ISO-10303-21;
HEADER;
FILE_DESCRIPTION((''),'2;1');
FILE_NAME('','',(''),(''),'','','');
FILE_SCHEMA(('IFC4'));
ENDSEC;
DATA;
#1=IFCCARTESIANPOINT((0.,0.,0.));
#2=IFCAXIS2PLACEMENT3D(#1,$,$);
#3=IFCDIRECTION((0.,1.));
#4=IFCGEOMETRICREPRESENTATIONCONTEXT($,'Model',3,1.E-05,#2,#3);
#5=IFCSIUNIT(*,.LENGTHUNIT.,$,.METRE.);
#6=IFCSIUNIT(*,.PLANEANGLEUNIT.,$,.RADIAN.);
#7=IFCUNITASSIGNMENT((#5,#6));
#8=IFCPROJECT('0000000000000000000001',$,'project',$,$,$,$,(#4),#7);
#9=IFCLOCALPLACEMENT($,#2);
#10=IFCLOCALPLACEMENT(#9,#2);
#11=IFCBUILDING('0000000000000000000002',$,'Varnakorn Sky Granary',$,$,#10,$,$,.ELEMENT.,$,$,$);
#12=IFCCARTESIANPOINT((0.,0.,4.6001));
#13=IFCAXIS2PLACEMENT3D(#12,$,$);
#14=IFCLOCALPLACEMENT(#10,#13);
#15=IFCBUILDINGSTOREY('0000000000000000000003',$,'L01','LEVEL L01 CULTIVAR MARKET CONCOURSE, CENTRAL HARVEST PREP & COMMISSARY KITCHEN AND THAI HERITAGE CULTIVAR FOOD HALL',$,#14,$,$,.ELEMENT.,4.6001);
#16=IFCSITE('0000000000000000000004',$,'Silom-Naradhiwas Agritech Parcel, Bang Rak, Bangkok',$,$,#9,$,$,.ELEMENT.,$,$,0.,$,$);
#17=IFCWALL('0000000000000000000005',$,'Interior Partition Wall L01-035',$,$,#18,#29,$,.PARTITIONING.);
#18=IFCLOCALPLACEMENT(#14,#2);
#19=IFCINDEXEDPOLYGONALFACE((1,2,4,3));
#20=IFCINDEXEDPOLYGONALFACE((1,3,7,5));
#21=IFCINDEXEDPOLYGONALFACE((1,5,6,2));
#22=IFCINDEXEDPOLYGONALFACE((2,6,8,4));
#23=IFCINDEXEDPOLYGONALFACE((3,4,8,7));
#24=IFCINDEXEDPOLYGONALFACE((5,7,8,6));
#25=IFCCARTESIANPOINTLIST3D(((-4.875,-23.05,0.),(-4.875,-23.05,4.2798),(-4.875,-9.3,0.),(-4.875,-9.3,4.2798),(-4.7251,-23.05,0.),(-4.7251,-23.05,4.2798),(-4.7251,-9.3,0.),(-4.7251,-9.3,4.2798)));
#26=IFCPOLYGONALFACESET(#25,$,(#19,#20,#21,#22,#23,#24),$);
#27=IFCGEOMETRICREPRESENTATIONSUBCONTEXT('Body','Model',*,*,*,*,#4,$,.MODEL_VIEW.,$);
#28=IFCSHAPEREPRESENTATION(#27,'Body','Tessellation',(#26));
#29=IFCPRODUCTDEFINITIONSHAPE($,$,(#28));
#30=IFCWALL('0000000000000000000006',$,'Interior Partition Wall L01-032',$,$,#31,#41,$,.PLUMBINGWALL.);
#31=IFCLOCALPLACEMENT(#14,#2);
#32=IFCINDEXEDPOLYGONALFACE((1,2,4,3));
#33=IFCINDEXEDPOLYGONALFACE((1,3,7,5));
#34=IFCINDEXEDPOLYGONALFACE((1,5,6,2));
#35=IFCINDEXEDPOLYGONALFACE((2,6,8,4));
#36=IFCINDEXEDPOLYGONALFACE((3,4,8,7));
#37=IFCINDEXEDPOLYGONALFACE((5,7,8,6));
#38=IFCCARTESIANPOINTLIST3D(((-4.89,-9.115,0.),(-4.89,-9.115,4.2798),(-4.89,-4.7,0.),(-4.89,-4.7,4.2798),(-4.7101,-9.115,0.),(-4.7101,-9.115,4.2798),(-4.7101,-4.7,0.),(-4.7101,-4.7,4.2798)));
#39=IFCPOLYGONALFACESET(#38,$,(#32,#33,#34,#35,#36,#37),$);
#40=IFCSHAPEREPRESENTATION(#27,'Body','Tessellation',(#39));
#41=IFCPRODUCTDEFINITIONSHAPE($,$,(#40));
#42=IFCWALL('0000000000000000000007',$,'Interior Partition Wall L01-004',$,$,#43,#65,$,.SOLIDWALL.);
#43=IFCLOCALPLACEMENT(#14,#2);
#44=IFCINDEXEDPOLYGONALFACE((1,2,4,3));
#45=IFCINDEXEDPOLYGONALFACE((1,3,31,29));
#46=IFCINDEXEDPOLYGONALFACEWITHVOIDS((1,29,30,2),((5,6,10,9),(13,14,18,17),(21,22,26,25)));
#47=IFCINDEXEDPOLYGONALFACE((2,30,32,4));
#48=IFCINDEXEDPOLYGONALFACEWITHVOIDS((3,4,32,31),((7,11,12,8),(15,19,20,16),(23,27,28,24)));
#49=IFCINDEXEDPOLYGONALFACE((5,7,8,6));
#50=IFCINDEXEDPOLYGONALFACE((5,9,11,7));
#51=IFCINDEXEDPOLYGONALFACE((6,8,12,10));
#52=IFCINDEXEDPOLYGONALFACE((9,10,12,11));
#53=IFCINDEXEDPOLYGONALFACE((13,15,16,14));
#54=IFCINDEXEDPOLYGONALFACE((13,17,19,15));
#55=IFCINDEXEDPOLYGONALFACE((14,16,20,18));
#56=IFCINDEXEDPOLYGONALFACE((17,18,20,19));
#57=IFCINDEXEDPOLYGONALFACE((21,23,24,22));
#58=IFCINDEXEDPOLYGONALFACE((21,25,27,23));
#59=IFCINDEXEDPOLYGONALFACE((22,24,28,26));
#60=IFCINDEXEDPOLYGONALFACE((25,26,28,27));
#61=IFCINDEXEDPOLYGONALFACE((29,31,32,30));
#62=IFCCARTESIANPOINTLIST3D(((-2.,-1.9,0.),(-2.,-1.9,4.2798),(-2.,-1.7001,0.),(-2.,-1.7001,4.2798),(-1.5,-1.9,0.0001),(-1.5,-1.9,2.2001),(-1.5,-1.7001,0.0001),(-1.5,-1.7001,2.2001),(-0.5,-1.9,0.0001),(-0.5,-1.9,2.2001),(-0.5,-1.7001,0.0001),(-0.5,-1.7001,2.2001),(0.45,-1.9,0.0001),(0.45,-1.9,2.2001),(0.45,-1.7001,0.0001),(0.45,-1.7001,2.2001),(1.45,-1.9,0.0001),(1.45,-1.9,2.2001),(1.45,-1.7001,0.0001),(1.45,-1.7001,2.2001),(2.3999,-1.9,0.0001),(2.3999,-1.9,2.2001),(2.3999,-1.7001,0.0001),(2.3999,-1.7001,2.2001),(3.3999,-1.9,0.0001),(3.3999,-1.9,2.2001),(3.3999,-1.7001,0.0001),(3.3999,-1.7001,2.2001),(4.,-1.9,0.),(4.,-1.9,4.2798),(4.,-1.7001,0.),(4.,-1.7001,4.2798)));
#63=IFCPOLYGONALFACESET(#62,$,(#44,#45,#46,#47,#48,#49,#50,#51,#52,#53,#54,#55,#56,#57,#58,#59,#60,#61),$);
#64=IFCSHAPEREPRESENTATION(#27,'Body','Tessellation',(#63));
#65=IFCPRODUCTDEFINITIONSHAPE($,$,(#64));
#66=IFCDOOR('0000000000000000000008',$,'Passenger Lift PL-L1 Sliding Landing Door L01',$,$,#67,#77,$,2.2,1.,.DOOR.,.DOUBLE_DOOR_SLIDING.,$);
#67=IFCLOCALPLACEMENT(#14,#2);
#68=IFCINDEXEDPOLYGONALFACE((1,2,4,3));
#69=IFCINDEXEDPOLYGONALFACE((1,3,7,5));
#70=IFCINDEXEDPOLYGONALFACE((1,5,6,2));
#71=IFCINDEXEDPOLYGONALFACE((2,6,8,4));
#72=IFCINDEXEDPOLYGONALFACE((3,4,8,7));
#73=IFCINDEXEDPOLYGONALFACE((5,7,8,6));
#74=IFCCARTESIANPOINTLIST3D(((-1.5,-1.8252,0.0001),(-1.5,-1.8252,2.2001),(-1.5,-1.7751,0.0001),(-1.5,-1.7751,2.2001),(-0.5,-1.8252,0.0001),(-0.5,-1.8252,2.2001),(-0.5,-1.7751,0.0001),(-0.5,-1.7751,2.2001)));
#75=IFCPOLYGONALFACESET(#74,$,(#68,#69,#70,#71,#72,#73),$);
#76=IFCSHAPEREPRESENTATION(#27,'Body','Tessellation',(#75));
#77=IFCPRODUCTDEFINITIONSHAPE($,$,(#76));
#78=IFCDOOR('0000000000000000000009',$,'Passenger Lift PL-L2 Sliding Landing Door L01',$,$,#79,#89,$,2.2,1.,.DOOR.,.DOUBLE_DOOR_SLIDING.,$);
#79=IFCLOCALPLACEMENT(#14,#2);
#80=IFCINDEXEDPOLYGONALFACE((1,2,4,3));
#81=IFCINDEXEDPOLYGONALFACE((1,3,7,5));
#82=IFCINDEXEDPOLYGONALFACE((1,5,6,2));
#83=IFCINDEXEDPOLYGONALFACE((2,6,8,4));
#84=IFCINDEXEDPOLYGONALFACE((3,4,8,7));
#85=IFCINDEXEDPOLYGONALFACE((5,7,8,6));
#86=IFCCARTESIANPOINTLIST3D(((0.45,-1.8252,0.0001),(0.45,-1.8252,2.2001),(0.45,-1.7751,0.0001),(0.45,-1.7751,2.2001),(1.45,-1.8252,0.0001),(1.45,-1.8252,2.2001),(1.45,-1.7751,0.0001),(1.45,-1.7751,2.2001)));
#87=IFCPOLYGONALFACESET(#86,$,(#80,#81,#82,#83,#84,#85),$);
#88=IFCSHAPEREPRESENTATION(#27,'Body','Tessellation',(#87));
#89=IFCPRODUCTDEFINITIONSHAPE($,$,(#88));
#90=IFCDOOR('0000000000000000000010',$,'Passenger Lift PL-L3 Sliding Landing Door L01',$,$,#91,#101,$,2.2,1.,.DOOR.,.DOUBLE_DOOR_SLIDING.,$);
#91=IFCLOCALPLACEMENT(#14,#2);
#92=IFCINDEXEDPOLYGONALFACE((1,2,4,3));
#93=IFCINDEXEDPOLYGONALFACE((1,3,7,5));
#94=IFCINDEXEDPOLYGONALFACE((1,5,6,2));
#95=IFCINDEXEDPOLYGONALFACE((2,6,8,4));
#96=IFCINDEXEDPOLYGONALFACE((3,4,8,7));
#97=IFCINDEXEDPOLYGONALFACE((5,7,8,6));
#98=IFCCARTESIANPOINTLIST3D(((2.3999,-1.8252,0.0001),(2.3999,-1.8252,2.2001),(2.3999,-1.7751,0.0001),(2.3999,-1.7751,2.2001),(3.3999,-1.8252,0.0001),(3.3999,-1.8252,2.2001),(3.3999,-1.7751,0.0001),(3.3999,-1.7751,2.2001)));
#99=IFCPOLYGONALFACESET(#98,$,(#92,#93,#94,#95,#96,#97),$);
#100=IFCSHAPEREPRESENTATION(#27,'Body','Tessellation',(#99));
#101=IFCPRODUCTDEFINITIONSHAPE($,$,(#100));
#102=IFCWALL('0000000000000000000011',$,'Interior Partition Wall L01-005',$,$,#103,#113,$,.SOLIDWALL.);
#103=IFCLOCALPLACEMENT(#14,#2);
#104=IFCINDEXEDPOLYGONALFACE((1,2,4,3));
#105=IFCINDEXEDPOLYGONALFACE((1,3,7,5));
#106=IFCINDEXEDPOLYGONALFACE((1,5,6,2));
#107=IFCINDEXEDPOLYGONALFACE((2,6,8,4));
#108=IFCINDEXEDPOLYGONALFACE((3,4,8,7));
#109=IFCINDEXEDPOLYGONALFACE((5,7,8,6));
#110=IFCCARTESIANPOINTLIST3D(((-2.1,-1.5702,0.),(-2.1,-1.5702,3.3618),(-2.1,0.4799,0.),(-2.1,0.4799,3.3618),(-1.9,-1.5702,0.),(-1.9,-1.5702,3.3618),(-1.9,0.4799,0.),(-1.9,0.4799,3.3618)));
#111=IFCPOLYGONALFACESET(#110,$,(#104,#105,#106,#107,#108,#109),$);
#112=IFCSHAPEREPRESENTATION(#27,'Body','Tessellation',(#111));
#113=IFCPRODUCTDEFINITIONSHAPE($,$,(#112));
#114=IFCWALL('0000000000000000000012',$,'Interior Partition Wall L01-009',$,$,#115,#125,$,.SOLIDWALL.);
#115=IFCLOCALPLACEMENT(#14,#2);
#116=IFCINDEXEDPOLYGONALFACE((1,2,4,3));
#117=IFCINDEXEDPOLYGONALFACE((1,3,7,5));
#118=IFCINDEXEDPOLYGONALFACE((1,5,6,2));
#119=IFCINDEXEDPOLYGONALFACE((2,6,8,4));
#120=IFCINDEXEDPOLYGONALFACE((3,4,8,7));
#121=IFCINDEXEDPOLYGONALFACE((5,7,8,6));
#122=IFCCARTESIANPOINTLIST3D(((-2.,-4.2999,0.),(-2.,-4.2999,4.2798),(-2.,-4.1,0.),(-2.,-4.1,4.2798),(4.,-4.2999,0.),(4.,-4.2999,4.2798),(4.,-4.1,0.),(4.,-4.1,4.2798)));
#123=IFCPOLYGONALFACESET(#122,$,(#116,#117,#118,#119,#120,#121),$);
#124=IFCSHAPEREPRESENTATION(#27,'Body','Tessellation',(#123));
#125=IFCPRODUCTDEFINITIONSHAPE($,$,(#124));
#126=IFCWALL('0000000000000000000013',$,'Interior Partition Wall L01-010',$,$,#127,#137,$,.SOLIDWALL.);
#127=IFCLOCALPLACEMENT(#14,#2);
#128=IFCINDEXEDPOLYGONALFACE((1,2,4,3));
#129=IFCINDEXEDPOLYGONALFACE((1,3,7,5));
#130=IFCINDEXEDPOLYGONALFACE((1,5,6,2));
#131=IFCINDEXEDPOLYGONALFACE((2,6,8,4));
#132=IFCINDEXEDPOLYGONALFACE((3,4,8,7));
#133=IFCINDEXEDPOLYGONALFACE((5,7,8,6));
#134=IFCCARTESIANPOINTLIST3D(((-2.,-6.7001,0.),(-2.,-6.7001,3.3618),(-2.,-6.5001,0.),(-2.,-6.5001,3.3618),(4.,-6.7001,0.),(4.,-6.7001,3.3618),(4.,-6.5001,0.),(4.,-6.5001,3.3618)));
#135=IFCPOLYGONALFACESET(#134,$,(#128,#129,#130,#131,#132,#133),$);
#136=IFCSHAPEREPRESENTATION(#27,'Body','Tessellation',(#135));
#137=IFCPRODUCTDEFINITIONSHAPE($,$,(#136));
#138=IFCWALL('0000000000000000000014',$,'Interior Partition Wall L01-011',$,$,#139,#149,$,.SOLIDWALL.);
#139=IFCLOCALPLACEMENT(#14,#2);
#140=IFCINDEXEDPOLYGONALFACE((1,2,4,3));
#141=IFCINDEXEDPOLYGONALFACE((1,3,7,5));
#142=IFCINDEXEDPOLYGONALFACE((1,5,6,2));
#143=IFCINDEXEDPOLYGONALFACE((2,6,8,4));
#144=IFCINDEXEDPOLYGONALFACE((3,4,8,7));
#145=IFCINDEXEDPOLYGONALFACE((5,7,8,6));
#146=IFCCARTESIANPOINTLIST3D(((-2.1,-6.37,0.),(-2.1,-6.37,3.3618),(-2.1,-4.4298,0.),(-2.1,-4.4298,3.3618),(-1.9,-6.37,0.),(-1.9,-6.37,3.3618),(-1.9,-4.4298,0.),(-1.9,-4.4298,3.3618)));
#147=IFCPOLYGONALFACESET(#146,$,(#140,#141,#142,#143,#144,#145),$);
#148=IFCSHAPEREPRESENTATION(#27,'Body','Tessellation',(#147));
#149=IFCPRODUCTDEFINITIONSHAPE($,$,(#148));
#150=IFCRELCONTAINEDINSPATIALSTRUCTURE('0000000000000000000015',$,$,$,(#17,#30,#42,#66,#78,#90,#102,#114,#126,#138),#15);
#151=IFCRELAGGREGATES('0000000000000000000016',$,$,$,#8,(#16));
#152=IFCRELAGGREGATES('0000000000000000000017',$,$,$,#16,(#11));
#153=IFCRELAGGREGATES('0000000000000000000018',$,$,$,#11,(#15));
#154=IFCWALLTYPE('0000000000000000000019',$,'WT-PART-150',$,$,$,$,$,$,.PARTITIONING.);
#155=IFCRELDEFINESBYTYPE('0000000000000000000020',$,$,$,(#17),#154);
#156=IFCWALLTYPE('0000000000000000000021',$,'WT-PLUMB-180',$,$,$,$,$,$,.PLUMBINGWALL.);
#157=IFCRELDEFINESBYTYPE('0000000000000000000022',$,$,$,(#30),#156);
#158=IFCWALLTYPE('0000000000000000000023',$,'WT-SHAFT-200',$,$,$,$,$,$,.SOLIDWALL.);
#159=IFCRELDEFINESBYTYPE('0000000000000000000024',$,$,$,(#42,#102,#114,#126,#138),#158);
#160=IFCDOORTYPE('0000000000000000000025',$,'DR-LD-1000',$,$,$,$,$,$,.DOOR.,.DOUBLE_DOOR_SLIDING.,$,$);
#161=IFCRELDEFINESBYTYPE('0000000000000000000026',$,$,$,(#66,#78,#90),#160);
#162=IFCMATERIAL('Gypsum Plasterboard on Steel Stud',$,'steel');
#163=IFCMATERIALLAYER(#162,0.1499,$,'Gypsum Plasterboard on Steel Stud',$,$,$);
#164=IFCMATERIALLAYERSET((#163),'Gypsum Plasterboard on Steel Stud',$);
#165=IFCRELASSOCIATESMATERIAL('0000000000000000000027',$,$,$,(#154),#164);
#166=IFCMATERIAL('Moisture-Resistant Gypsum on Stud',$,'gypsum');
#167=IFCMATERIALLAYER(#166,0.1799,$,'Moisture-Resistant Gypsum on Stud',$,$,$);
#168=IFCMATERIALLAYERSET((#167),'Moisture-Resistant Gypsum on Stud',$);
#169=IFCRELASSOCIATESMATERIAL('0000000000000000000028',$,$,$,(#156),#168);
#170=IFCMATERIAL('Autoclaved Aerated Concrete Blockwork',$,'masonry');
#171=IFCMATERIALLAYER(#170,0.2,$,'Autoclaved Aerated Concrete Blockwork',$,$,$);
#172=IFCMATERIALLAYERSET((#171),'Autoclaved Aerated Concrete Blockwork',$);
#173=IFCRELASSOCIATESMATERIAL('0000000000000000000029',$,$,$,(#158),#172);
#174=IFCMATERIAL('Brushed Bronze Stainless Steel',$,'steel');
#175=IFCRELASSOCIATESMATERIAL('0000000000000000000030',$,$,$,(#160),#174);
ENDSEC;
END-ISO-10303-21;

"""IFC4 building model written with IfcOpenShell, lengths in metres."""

from ifc_helpers import new_model, si_unit, direction, frame, frame_2d, origin, place, context, subcontext, project, spatial, rectangle, extrude, material, layer, layer_set, type_object, element, fill, save


model = new_model("IFC4")

# Units and contexts
model_context = context("Model", 3, precision=1e-05, world=origin(), true_north=direction((0.0, 1.0)))
body_context = subcontext(model_context, "Body", "Model", "MODEL_VIEW")
ifc_project = project(units=[si_unit("LENGTHUNIT", "METRE"), si_unit("PLANEANGLEUNIT", "RADIAN")], contexts=[model_context])

# Site, building, storey
site_placement = place(None, origin())
site = spatial("IfcSite", under=ifc_project, at=site_placement, Name="Silom-Naradhiwas Agritech Parcel, Bang Rak, Bangkok", CompositionType="ELEMENT", RefElevation=0.0)
building_placement = place(site_placement, origin())
building = spatial("IfcBuilding", under=site, at=building_placement, Name="Varnakorn Sky Granary", CompositionType="ELEMENT")
storey_placement = place(building_placement, frame((0.0, 0.0, 4.6001)))
storey = spatial("IfcBuildingStorey", under=building, at=storey_placement, Name="L01", Description="LEVEL L01 CULTIVAR MARKET CONCOURSE, CENTRAL HARVEST PREP & COMMISSARY KITCHEN AND THAI HERITAGE CULTIVAR FOOD HALL", CompositionType="ELEMENT", Elevation=4.6001)

# Shared definitions
ifc_material_1 = material(Name="Autoclaved Aerated Concrete Blockwork", Category="masonry")
ifc_material_2 = material(Name="Gypsum Plasterboard on Steel Stud", Category="steel")
ifc_layer_1 = layer(ifc_material_2, 0.1499, Name="Gypsum Plasterboard on Steel Stud")
ifc_layer_set_1 = layer_set([ifc_layer_1], Name="Gypsum Plasterboard on Steel Stud")
wall_type_1 = type_object("IfcWallType", Name="WT-PART-150", PredefinedType="PARTITIONING", material=ifc_layer_set_1)

# Walls
wall_1_placement = place(storey_placement, frame((-4.8, -9.3, 0.0), z_axis=(0.0, 0.0, 1.0), x_axis=(0.0, -1.0, 0.0)))
element("IfcWall", 1, at=wall_1_placement, inside=storey, type_object=wall_type_1, Name="Interior Partition Wall L01-035", PredefinedType="PARTITIONING", context=body_context, shape_type="SweptSolid", body=[
    extrude(rectangle(XDim=13.75, YDim=0.1499, at=frame_2d((6.875, 0.0))), origin(), (0.0, 0.0, 1.0), 4.2798),
])
ifc_material_3 = material(Name="Moisture-Resistant Gypsum on Stud", Category="gypsum")
ifc_layer_2 = layer(ifc_material_3, 0.1799, Name="Moisture-Resistant Gypsum on Stud")
ifc_layer_set_2 = layer_set([ifc_layer_2], Name="Moisture-Resistant Gypsum on Stud")
wall_type_2 = type_object("IfcWallType", Name="WT-PLUMB-180", PredefinedType="PLUMBINGWALL", material=ifc_layer_set_2)
wall_2_placement = place(storey_placement, frame((-4.8, -4.7, 0.0), z_axis=(0.0, 0.0, 1.0), x_axis=(0.0, -1.0, 0.0)))
element("IfcWall", 2, at=wall_2_placement, inside=storey, type_object=wall_type_2, Name="Interior Partition Wall L01-032", PredefinedType="PLUMBINGWALL", context=body_context, shape_type="SweptSolid", body=[
    extrude(rectangle(XDim=4.415, YDim=0.1799, at=frame_2d((2.2075, 0.0))), origin(), (0.0, 0.0, 1.0), 4.2798),
])

# Wall, openings, doors
ifc_layer_3 = layer(ifc_material_1, 0.2, Name="Autoclaved Aerated Concrete Blockwork")
ifc_layer_set_3 = layer_set([ifc_layer_3], Name="Autoclaved Aerated Concrete Blockwork")
wall_type_3 = type_object("IfcWallType", Name="WT-SHAFT-200", PredefinedType="SOLIDWALL", material=ifc_layer_set_3)
wall_3_placement = place(storey_placement, frame((-2.0, -1.8, 0.0), z_axis=(0.0, 0.0, 1.0), x_axis=(1.0, 0.0, 0.0)))
wall_3 = element("IfcWall", 3, at=wall_3_placement, inside=storey, type_object=wall_type_3, Name="Interior Partition Wall L01-004", PredefinedType="SOLIDWALL", context=body_context, shape_type="SweptSolid", body=[
    extrude(rectangle(XDim=6.0, YDim=0.2, at=frame_2d((3.0, 0.0))), origin(), (0.0, 0.0, 1.0), 4.2798),
])
opening_1_placement = place(wall_3_placement, frame((0.5, 0.0, 0.0)))
opening_1 = element("IfcOpeningElement", 4, at=opening_1_placement, cuts=wall_3, PredefinedType="OPENING", context=body_context, shape_type="SweptSolid", body=[
    extrude(rectangle(XDim=1.0, YDim=2.2, at=frame_2d((0.5, 1.1001))), frame((0.0, 0.1099, 0.0), z_axis=(0.0, -1.0, 0.0), x_axis=(1.0, 0.0, 0.0)), (0.0, 0.0, 1.0), 0.22),
])
opening_2_placement = place(wall_3_placement, frame((2.45, 0.0, 0.0)))
opening_2 = element("IfcOpeningElement", 5, at=opening_2_placement, cuts=wall_3, PredefinedType="OPENING", context=body_context, shape_type="SweptSolid", body=[
    extrude(rectangle(XDim=1.0, YDim=2.2, at=frame_2d((0.5, 1.1001))), frame((0.0, 0.1099, 0.0), z_axis=(0.0, -1.0, 0.0), x_axis=(1.0, 0.0, 0.0)), (0.0, 0.0, 1.0), 0.22),
])
opening_3_placement = place(wall_3_placement, frame((4.3999, 0.0, 0.0)))
opening_3 = element("IfcOpeningElement", 6, at=opening_3_placement, cuts=wall_3, PredefinedType="OPENING", context=body_context, shape_type="SweptSolid", body=[
    extrude(rectangle(XDim=1.0, YDim=2.2, at=frame_2d((0.5, 1.1001))), frame((0.0, 0.1099, 0.0), z_axis=(0.0, -1.0, 0.0), x_axis=(1.0, 0.0, 0.0)), (0.0, 0.0, 1.0), 0.22),
])
ifc_material_4 = material(Name="Brushed Bronze Stainless Steel", Category="steel")
door_type_1 = type_object("IfcDoorType", Name="DR-LD-1000", OperationType="DOUBLE_DOOR_SLIDING", PredefinedType="DOOR", material=ifc_material_4)
door_1_placement = place(opening_1_placement, origin())
door_1 = element("IfcDoor", 7, at=door_1_placement, inside=storey, type_object=door_type_1, Name="Passenger Lift PL-L1 Sliding Landing Door L01", OperationType="DOUBLE_DOOR_SLIDING", OverallHeight=2.2, OverallWidth=1.0, PredefinedType="DOOR", context=body_context, shape_type="SweptSolid", body=[
    extrude(rectangle(XDim=1.0, YDim=2.2, at=frame_2d((0.5, 1.1001))), frame((0.0, 0.0249, 0.0), z_axis=(0.0, -1.0, 0.0), x_axis=(1.0, 0.0, 0.0)), (0.0, 0.0, 1.0), 0.05),
])
fill(opening_1, door_1)
door_2_placement = place(opening_2_placement, origin())
door_2 = element("IfcDoor", 8, at=door_2_placement, inside=storey, type_object=door_type_1, Name="Passenger Lift PL-L2 Sliding Landing Door L01", OperationType="DOUBLE_DOOR_SLIDING", OverallHeight=2.2, OverallWidth=1.0, PredefinedType="DOOR", context=body_context, shape_type="SweptSolid", body=[
    extrude(rectangle(XDim=1.0, YDim=2.2, at=frame_2d((0.5, 1.1001))), frame((0.0, 0.0249, 0.0), z_axis=(0.0, -1.0, 0.0), x_axis=(1.0, 0.0, 0.0)), (0.0, 0.0, 1.0), 0.05),
])
fill(opening_2, door_2)
door_3_placement = place(opening_3_placement, origin())
door_3 = element("IfcDoor", 9, at=door_3_placement, inside=storey, type_object=door_type_1, Name="Passenger Lift PL-L3 Sliding Landing Door L01", OperationType="DOUBLE_DOOR_SLIDING", OverallHeight=2.2, OverallWidth=1.0, PredefinedType="DOOR", context=body_context, shape_type="SweptSolid", body=[
    extrude(rectangle(XDim=1.0, YDim=2.2, at=frame_2d((0.5, 1.1001))), frame((0.0, 0.0249, 0.0), z_axis=(0.0, -1.0, 0.0), x_axis=(1.0, 0.0, 0.0)), (0.0, 0.0, 1.0), 0.05),
])
fill(opening_3, door_3)

# Walls
wall_4_placement = place(storey_placement, frame((-2.0, -1.5701, 0.0), z_axis=(0.0, 0.0, 1.0), x_axis=(0.0, 1.0, 0.0)))
element("IfcWall", 10, at=wall_4_placement, inside=storey, type_object=wall_type_3, Name="Interior Partition Wall L01-005", PredefinedType="SOLIDWALL", context=body_context, shape_type="SweptSolid", body=[
    extrude(rectangle(XDim=2.05, YDim=0.2, at=frame_2d((1.0249, 0.0))), origin(), (0.0, 0.0, 1.0), 3.3618),
])
wall_5_placement = place(storey_placement, frame((-2.0, -4.2, 0.0), z_axis=(0.0, 0.0, 1.0), x_axis=(1.0, 0.0, 0.0)))
element("IfcWall", 11, at=wall_5_placement, inside=storey, type_object=wall_type_3, Name="Interior Partition Wall L01-009", PredefinedType="SOLIDWALL", context=body_context, shape_type="SweptSolid", body=[
    extrude(rectangle(XDim=6.0, YDim=0.2, at=frame_2d((3.0, 0.0))), origin(), (0.0, 0.0, 1.0), 4.2798),
])
wall_6_placement = place(storey_placement, frame((-2.0, -6.6001, 0.0), z_axis=(0.0, 0.0, 1.0), x_axis=(1.0, 0.0, 0.0)))
element("IfcWall", 12, at=wall_6_placement, inside=storey, type_object=wall_type_3, Name="Interior Partition Wall L01-010", PredefinedType="SOLIDWALL", context=body_context, shape_type="SweptSolid", body=[
    extrude(rectangle(XDim=6.0, YDim=0.2, at=frame_2d((3.0, 0.0))), origin(), (0.0, 0.0, 1.0), 3.3618),
])
wall_7_placement = place(storey_placement, frame((-2.0, -6.3701, 0.0), z_axis=(0.0, 0.0, 1.0), x_axis=(0.0, 1.0, 0.0)))
element("IfcWall", 13, at=wall_7_placement, inside=storey, type_object=wall_type_3, Name="Interior Partition Wall L01-011", PredefinedType="SOLIDWALL", context=body_context, shape_type="SweptSolid", body=[
    extrude(rectangle(XDim=1.9402, YDim=0.2, at=frame_2d((0.9702, 0.0))), origin(), (0.0, 0.0, 1.0), 3.3618),
])

save(model, "model.ifc")
